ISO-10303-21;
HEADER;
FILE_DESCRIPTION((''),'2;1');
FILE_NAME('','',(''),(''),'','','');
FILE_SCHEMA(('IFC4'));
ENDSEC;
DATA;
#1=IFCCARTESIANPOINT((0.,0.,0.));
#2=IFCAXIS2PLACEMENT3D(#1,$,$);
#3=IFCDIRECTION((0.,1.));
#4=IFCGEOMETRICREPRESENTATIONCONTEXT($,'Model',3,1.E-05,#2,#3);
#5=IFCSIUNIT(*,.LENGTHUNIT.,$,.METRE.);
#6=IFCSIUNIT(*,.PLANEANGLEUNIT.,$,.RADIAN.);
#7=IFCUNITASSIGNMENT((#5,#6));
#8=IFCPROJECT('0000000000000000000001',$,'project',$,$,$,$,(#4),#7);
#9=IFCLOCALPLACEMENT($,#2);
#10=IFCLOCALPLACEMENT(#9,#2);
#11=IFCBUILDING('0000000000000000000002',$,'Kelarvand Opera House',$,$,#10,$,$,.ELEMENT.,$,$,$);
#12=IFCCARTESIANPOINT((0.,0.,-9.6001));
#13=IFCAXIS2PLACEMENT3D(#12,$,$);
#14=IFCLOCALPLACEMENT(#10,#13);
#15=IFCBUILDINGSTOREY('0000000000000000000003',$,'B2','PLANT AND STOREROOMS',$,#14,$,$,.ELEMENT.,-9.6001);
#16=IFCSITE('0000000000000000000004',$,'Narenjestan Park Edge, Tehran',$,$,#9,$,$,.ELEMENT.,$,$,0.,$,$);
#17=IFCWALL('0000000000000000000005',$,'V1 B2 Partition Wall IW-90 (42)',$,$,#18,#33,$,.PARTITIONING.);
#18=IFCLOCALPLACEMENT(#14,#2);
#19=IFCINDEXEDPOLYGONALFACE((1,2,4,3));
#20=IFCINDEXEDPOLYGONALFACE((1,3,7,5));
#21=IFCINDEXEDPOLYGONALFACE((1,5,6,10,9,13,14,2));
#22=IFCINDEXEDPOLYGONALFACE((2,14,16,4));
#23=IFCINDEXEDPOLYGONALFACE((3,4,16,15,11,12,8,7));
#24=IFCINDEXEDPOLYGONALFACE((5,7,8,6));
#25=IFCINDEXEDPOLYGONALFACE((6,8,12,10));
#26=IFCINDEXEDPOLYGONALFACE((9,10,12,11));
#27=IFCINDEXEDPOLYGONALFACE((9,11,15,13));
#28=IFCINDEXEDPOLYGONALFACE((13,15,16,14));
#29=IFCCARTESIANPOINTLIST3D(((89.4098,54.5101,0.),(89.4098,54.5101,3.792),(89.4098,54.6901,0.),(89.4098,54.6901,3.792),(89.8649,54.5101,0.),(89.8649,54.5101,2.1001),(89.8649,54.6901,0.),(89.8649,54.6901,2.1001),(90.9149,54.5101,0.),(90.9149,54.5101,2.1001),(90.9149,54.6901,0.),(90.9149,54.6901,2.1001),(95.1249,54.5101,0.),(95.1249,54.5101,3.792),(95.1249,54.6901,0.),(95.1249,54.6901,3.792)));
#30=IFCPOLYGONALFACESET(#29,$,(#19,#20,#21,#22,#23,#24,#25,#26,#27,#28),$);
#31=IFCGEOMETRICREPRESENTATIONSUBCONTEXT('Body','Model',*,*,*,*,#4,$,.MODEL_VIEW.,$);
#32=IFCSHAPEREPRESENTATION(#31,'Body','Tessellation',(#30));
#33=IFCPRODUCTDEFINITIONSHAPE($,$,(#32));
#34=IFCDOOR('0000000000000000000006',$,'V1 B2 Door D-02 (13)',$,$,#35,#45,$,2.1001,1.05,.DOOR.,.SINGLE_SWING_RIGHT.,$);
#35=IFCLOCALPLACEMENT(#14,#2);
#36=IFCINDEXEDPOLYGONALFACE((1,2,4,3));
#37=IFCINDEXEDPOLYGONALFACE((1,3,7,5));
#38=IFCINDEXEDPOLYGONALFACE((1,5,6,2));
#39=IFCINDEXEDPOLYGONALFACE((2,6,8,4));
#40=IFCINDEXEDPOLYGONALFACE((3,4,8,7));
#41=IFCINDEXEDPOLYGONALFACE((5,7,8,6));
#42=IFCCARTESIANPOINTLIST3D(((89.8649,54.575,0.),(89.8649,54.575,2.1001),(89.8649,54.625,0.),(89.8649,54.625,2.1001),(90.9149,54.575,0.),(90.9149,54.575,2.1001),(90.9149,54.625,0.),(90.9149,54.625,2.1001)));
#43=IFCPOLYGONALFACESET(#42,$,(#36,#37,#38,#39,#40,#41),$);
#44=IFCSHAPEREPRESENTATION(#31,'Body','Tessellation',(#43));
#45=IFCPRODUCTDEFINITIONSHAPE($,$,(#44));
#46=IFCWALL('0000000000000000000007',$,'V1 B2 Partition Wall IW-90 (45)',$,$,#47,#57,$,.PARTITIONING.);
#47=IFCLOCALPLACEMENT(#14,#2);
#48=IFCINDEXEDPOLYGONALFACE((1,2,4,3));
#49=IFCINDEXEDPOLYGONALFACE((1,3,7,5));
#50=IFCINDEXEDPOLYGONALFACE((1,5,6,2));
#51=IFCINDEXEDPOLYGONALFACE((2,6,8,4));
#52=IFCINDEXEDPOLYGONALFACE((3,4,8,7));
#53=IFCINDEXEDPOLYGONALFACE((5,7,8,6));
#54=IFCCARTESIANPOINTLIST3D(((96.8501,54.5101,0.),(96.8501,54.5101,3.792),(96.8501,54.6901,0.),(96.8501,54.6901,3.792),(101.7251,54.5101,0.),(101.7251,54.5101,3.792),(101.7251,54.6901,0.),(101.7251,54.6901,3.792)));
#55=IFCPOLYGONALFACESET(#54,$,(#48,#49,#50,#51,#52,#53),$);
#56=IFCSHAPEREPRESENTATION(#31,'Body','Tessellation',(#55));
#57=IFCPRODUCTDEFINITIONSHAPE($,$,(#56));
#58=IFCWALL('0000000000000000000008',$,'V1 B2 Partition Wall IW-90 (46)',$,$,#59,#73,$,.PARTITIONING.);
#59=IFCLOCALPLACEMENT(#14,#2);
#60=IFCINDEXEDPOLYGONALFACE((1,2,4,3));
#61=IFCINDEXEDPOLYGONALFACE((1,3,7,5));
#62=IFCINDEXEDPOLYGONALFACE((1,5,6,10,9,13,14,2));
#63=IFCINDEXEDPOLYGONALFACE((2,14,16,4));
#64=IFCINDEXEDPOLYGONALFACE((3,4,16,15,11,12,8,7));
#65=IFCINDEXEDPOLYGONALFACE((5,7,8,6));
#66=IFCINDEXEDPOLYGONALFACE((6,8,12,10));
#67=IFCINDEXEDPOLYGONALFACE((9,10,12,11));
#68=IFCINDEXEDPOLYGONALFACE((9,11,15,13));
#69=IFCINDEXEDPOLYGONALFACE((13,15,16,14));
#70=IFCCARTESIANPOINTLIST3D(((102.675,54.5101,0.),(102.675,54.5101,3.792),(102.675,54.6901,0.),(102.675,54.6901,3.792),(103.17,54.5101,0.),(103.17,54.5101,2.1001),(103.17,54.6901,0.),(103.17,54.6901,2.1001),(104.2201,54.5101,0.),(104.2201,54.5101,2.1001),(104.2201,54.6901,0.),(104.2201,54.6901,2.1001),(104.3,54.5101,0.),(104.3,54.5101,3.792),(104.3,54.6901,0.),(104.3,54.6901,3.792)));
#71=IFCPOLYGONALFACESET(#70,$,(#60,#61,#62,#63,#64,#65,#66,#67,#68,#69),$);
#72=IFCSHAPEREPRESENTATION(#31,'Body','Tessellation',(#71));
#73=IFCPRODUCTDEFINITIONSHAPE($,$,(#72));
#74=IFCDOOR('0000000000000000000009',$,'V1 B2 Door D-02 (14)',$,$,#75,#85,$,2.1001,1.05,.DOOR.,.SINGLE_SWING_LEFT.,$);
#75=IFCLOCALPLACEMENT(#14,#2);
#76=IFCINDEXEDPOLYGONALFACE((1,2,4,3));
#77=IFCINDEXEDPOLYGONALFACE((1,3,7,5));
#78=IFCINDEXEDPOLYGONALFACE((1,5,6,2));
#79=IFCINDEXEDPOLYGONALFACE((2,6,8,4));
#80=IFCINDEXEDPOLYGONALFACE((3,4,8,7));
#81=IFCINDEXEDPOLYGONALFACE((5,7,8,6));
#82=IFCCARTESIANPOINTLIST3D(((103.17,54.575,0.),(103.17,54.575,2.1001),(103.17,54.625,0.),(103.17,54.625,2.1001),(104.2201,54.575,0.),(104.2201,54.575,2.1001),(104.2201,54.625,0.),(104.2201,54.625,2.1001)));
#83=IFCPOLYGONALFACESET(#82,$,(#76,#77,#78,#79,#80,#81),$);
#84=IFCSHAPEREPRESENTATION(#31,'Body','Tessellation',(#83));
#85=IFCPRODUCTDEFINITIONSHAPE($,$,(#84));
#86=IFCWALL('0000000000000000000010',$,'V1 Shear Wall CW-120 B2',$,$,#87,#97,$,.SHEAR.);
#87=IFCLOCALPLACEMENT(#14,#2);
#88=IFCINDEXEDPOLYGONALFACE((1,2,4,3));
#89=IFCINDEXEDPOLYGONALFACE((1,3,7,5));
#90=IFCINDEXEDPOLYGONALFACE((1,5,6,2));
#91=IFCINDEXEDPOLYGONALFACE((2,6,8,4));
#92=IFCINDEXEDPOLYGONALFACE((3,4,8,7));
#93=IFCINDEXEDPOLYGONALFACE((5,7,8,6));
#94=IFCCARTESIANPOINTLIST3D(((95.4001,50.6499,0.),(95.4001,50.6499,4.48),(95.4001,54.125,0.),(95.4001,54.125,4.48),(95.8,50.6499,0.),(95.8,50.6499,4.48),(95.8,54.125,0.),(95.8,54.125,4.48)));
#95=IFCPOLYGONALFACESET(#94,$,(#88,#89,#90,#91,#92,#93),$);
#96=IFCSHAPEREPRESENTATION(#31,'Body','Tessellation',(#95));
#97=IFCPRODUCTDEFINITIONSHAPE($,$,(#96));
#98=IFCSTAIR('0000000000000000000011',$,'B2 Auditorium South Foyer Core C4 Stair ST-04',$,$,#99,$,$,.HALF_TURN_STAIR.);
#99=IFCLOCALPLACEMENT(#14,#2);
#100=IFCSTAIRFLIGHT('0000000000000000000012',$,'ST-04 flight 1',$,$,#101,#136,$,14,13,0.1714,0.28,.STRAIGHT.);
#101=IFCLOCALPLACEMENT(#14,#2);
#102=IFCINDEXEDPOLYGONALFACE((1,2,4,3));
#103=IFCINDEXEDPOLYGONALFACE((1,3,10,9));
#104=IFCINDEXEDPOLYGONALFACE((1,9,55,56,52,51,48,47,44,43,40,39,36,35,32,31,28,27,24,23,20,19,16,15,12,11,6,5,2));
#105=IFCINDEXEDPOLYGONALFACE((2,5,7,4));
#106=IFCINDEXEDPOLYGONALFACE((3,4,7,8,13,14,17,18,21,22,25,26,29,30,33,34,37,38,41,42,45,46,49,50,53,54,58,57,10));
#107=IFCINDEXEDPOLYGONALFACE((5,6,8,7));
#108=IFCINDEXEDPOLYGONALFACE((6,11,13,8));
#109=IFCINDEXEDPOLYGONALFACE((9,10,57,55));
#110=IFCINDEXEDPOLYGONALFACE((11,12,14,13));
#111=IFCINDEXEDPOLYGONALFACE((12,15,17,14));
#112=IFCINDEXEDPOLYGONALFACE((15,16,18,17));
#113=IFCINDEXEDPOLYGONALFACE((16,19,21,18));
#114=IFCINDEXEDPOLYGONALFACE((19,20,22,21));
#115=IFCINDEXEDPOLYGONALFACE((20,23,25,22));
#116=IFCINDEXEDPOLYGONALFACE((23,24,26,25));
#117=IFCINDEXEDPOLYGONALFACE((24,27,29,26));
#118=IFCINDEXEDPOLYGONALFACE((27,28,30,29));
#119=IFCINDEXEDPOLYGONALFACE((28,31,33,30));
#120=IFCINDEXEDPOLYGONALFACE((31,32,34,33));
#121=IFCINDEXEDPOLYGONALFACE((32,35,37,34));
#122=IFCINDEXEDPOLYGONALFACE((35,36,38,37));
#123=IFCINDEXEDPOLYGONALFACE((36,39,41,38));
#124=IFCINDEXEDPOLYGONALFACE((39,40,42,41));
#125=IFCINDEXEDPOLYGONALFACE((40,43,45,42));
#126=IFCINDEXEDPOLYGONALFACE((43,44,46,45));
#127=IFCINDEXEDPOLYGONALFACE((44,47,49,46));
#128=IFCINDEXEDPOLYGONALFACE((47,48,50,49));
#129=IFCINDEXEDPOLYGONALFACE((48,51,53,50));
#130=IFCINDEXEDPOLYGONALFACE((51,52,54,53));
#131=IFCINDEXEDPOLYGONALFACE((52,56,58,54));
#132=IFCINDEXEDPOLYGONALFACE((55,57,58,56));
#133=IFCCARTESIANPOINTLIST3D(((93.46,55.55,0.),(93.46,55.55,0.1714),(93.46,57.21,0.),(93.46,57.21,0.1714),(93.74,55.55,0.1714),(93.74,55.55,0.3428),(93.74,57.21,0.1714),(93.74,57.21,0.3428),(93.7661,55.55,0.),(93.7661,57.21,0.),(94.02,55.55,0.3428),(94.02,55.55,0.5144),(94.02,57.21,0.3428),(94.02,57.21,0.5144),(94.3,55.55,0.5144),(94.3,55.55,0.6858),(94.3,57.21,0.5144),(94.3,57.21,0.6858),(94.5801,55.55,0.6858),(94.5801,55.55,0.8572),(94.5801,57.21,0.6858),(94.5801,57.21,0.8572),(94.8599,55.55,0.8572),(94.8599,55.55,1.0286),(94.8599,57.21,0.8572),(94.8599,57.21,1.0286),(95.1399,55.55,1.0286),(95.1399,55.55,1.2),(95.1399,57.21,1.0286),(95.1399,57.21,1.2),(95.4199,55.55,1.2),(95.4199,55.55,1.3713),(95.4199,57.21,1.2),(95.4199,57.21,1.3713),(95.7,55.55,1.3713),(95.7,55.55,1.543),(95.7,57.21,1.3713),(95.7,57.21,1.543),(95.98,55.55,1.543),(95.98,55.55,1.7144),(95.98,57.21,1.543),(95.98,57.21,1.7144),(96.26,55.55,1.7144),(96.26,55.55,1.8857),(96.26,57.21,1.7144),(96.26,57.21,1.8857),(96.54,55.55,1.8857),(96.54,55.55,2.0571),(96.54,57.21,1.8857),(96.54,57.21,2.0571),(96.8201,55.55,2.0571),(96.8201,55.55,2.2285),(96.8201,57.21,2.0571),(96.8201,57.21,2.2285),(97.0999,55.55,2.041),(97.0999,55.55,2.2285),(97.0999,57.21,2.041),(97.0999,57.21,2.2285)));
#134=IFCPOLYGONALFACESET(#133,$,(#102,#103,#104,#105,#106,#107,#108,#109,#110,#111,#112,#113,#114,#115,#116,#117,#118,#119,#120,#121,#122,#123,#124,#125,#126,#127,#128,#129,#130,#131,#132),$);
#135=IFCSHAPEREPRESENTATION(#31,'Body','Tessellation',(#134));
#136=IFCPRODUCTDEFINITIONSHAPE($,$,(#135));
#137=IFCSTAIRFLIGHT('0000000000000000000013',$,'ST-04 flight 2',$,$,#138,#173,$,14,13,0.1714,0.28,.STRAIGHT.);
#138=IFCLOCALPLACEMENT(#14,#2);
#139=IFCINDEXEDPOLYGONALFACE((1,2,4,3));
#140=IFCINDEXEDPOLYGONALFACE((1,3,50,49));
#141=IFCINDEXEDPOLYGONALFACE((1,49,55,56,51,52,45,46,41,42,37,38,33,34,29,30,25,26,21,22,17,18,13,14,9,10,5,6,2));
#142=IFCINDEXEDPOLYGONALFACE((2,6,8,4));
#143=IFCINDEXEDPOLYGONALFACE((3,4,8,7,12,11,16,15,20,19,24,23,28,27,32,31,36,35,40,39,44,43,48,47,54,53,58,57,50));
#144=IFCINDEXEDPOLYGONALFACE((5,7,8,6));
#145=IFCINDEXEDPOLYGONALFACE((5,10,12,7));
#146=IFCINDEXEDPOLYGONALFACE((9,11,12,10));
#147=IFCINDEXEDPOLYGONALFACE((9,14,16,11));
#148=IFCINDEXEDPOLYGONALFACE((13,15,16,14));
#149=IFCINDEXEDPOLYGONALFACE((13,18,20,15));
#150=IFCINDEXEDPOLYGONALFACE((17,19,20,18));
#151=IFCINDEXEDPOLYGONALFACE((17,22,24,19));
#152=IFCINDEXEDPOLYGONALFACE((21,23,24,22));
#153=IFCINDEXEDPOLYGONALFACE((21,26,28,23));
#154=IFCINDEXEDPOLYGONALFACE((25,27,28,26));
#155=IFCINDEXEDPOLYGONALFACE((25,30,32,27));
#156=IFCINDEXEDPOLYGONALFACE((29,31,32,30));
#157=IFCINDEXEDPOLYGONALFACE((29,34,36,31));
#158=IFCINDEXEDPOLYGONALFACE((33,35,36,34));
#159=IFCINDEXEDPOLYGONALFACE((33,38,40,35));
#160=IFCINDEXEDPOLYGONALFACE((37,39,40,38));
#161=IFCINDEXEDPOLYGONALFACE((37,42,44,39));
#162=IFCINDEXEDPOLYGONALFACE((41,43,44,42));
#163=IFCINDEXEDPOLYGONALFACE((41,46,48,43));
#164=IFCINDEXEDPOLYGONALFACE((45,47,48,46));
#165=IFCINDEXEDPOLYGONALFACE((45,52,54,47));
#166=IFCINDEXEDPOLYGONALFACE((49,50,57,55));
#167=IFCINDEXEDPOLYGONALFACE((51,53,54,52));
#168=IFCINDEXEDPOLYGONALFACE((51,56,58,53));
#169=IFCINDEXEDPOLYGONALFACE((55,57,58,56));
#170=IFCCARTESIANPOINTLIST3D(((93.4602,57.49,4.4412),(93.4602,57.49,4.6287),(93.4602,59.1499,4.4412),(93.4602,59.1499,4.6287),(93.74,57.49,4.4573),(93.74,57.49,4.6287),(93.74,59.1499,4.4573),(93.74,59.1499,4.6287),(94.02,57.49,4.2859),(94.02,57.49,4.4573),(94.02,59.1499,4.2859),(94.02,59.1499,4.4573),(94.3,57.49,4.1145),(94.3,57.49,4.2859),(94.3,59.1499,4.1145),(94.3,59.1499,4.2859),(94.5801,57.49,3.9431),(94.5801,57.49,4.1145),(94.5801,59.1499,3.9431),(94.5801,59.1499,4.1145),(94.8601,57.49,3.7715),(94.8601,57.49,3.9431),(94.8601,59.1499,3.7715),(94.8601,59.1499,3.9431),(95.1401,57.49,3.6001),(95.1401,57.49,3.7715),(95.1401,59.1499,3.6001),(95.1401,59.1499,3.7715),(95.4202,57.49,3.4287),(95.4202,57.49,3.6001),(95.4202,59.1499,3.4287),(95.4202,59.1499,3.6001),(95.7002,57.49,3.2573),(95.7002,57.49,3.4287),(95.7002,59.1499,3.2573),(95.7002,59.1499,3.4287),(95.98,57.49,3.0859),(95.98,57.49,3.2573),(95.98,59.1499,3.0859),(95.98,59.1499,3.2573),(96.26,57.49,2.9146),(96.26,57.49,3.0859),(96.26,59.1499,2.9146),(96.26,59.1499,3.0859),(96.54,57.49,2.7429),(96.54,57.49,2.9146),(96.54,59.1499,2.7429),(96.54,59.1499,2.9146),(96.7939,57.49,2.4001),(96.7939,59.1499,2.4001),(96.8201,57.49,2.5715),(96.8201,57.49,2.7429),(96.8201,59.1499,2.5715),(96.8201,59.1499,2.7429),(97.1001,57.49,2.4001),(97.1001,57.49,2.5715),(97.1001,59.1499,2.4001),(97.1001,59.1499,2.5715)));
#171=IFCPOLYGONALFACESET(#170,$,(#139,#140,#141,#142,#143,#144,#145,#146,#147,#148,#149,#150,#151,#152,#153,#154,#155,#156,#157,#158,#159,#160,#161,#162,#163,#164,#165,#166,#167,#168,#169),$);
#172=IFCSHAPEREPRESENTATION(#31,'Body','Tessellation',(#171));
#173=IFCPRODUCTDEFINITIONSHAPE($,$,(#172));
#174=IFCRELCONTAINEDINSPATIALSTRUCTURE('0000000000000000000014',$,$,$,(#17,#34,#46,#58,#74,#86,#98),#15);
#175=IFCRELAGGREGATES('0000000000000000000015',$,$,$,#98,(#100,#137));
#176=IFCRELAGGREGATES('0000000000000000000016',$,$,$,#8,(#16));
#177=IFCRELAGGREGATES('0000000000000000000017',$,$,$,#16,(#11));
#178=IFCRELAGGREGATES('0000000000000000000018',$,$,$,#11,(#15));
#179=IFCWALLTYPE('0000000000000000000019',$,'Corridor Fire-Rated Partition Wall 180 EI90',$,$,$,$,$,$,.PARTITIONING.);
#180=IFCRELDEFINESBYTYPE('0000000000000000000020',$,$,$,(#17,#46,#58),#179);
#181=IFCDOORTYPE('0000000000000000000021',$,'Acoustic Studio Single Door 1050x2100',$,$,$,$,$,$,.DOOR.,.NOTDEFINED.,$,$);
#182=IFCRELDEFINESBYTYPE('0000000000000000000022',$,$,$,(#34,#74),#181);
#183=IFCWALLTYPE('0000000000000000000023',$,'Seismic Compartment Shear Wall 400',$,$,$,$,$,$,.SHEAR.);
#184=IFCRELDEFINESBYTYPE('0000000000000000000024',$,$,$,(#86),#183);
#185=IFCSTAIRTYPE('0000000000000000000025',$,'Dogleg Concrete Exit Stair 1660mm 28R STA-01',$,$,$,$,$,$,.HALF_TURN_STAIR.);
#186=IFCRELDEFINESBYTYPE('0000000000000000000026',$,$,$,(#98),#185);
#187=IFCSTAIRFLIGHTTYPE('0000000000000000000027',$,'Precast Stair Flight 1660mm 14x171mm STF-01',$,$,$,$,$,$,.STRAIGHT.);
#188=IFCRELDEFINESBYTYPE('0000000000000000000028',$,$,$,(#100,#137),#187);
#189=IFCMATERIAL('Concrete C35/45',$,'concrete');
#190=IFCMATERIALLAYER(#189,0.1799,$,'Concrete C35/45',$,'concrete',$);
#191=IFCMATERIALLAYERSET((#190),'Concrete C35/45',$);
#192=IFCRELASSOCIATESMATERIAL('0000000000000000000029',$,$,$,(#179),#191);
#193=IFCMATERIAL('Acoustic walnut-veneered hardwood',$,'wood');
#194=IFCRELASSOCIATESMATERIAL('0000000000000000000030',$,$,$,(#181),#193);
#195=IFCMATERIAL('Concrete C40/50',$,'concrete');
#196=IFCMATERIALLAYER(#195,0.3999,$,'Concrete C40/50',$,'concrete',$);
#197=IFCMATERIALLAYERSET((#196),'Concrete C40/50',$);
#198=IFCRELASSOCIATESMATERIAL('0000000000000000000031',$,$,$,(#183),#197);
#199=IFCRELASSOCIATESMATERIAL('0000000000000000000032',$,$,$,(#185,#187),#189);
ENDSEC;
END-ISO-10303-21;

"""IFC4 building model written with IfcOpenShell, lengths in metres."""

from ifc_helpers import new_model, si_unit, direction, frame, frame_2d, origin, place, context, subcontext, project, spatial, polyline, rectangle, outline, extrude, material, layer, layer_set, type_object, element, fill, aggregate, save


model = new_model("IFC4")

# Units and contexts
model_context = context("Model", 3, precision=1e-05, world=origin(), true_north=direction((0.0, 1.0)))
body_context = subcontext(model_context, "Body", "Model", "MODEL_VIEW")
ifc_project = project(units=[si_unit("LENGTHUNIT", "METRE"), si_unit("PLANEANGLEUNIT", "RADIAN")], contexts=[model_context])

# Site, building, storey
site_placement = place(None, origin())
site = spatial("IfcSite", under=ifc_project, at=site_placement, Name="Narenjestan Park Edge, Tehran", CompositionType="ELEMENT", RefElevation=0.0)
building_placement = place(site_placement, origin())
building = spatial("IfcBuilding", under=site, at=building_placement, Name="Kelarvand Opera House", CompositionType="ELEMENT")
storey_placement = place(building_placement, frame((0.0, 0.0, -9.6001)))
storey = spatial("IfcBuildingStorey", under=building, at=storey_placement, Name="B2", Description="PLANT AND STOREROOMS", CompositionType="ELEMENT", Elevation=-9.6001)

# Shared definitions
ifc_material_1 = material(Name="Concrete C40/50", Category="concrete")

# Shared definitions
ifc_material_2 = material(Name="Concrete C35/45", Category="concrete")

# Wall, opening, door
ifc_layer_1 = layer(ifc_material_2, 0.1799, Name="Concrete C35/45", Category="concrete")
ifc_layer_set_1 = layer_set([ifc_layer_1], Name="Concrete C35/45")
wall_type_1 = type_object("IfcWallType", Name="Corridor Fire-Rated Partition Wall 180 EI90", PredefinedType="PARTITIONING", material=ifc_layer_set_1)
wall_1_placement = place(storey_placement, frame((89.4099, 54.6001, 0.0), z_axis=(0.0, 0.0, 1.0), x_axis=(1.0, 0.0, 0.0)))
wall_1 = element("IfcWall", 1, at=wall_1_placement, inside=storey, type_object=wall_type_1, Name="V1 B2 Partition Wall IW-90 (42)", PredefinedType="PARTITIONING", context=body_context, shape_type="SweptSolid", body=[
    extrude(rectangle(XDim=5.7151, YDim=0.1799, at=frame_2d((2.8574, 0.0))), origin(), (0.0, 0.0, 1.0), 3.792),
])
opening_1_placement = place(wall_1_placement, frame((0.4551, 0.0, 0.0)))
opening_1 = element("IfcOpeningElement", 2, at=opening_1_placement, cuts=wall_1, PredefinedType="OPENING", context=body_context, shape_type="SweptSolid", body=[
    extrude(rectangle(XDim=1.05, YDim=2.1001, at=frame_2d((0.5249, 1.05))), frame((0.0, 0.1001, 0.0), z_axis=(0.0, -1.0, 0.0), x_axis=(1.0, 0.0, 0.0)), (0.0, 0.0, 1.0), 0.2),
])
ifc_material_3 = material(Name="Acoustic walnut-veneered hardwood", Category="wood")
door_type_1 = type_object("IfcDoorType", Name="Acoustic Studio Single Door 1050x2100", OperationType="NOTDEFINED", PredefinedType="DOOR", material=ifc_material_3)
door_1_placement = place(opening_1_placement, origin())
door_1 = element("IfcDoor", 3, at=door_1_placement, inside=storey, type_object=door_type_1, Name="V1 B2 Door D-02 (13)", OperationType="SINGLE_SWING_RIGHT", OverallHeight=2.1001, OverallWidth=1.05, PredefinedType="DOOR", context=body_context, shape_type="SweptSolid", body=[
    extrude(rectangle(XDim=1.05, YDim=2.1001, at=frame_2d((0.5249, 1.05))), frame((0.0, 0.0249, 0.0), z_axis=(0.0, -1.0, 0.0), x_axis=(1.0, 0.0, 0.0)), (0.0, 0.0, 1.0), 0.05),
])
fill(opening_1, door_1)

# Wall
wall_2_placement = place(storey_placement, frame((96.8501, 54.6001, 0.0), z_axis=(0.0, 0.0, 1.0), x_axis=(1.0, 0.0, 0.0)))
element("IfcWall", 4, at=wall_2_placement, inside=storey, type_object=wall_type_1, Name="V1 B2 Partition Wall IW-90 (45)", PredefinedType="PARTITIONING", context=body_context, shape_type="SweptSolid", body=[
    extrude(rectangle(XDim=4.875, YDim=0.1799, at=frame_2d((2.4375, 0.0))), origin(), (0.0, 0.0, 1.0), 3.792),
])

# Wall, opening, door
wall_3_placement = place(storey_placement, frame((102.675, 54.6001, 0.0), z_axis=(0.0, 0.0, 1.0), x_axis=(1.0, 0.0, 0.0)))
wall_3 = element("IfcWall", 5, at=wall_3_placement, inside=storey, type_object=wall_type_1, Name="V1 B2 Partition Wall IW-90 (46)", PredefinedType="PARTITIONING", context=body_context, shape_type="SweptSolid", body=[
    extrude(rectangle(XDim=1.625, YDim=0.1799, at=frame_2d((0.8125, 0.0))), origin(), (0.0, 0.0, 1.0), 3.792),
])
opening_2_placement = place(wall_3_placement, frame((0.4951, 0.0, 0.0)))
opening_2 = element("IfcOpeningElement", 6, at=opening_2_placement, cuts=wall_3, PredefinedType="OPENING", context=body_context, shape_type="SweptSolid", body=[
    extrude(rectangle(XDim=1.05, YDim=2.1001, at=frame_2d((0.5249, 1.05))), frame((0.0, 0.1001, 0.0), z_axis=(0.0, -1.0, 0.0), x_axis=(1.0, 0.0, 0.0)), (0.0, 0.0, 1.0), 0.2),
])
door_2_placement = place(opening_2_placement, origin())
door_2 = element("IfcDoor", 7, at=door_2_placement, inside=storey, type_object=door_type_1, Name="V1 B2 Door D-02 (14)", OperationType="SINGLE_SWING_LEFT", OverallHeight=2.1001, OverallWidth=1.05, PredefinedType="DOOR", context=body_context, shape_type="SweptSolid", body=[
    extrude(rectangle(XDim=1.05, YDim=2.1001, at=frame_2d((0.5249, 1.05))), frame((0.0, 0.0249, 0.0), z_axis=(0.0, -1.0, 0.0), x_axis=(1.0, 0.0, 0.0)), (0.0, 0.0, 1.0), 0.05),
])
fill(opening_2, door_2)

# Wall
ifc_layer_2 = layer(ifc_material_1, 0.3999, Name="Concrete C40/50", Category="concrete")
ifc_layer_set_2 = layer_set([ifc_layer_2], Name="Concrete C40/50")
wall_type_2 = type_object("IfcWallType", Name="Seismic Compartment Shear Wall 400", PredefinedType="SHEAR", material=ifc_layer_set_2)
wall_4_placement = place(storey_placement, frame((95.6001, 50.6499, 0.0), z_axis=(0.0, 0.0, 1.0), x_axis=(0.0, 1.0, 0.0)))
element("IfcWall", 8, at=wall_4_placement, inside=storey, type_object=wall_type_2, Name="V1 Shear Wall CW-120 B2", PredefinedType="SHEAR", context=body_context, shape_type="SweptSolid", body=[
    extrude(rectangle(XDim=3.4751, YDim=0.3999, at=frame_2d((1.7375, 0.0))), origin(), (0.0, 0.0, 1.0), 4.48),
])

# Stair, stair flights
stair_type = type_object("IfcStairType", Name="Dogleg Concrete Exit Stair 1660mm 28R STA-01", PredefinedType="HALF_TURN_STAIR", material=ifc_material_2)
stair_placement = place(storey_placement, origin())
stair = element("IfcStair", 9, at=stair_placement, inside=storey, type_object=stair_type, Name="B2 Auditorium South Foyer Core C4 Stair ST-04", PredefinedType="HALF_TURN_STAIR")
stair_flight_type = type_object("IfcStairFlightType", Name="Precast Stair Flight 1660mm 14x171mm STF-01", PredefinedType="STRAIGHT", material=ifc_material_2)
stair_flight_1_placement = place(storey_placement, frame((93.46, 56.3799, 0.0), z_axis=(0.0, 0.0, 1.0), x_axis=(1.0, 0.0, 0.0)))
stair_flight_1 = element("IfcStairFlight", 10, at=stair_flight_1_placement, type_object=stair_flight_type, Name="ST-04 flight 1", NumberOfRisers=14, NumberOfTreads=13, PredefinedType="STRAIGHT", RiserHeight=0.1714, TreadLength=0.28, context=body_context, shape_type="SweptSolid", body=[
    extrude(outline(polyline([(0.0, 0.0), (0.0, 0.1714), (0.28, 0.1714), (0.28, 0.3428), (0.5601, 0.3428), (0.5601, 0.5144), (0.8401, 0.5144), (0.8401, 0.6858), (1.1201, 0.6858), (1.1201, 0.8572), (1.3999, 0.8572), (1.3999, 1.0286), (1.6799, 1.0286), (1.6799, 1.2), (1.96, 1.2), (1.96, 1.3713), (2.24, 1.3713), (2.24, 1.543), (2.52, 1.543), (2.52, 1.7144), (2.8, 1.7144), (2.8, 1.8857), (3.0801, 1.8857), (3.0801, 2.0571), (3.3601, 2.0571), (3.3601, 2.2285), (3.6399, 2.2285), (3.6399, 2.3999), (3.6399, 2.041), (0.3062, 0.0), (0.0, 0.0)])), frame((0.0, 0.8301, 0.0), z_axis=(0.0, -1.0, 0.0), x_axis=(1.0, 0.0, 0.0)), (0.0, 0.0, 1.0), 1.6599),
])
stair_flight_2_placement = place(storey_placement, frame((97.1001, 58.3201, 2.4001), z_axis=(0.0, 0.0, 1.0), x_axis=(-1.0, 0.0, 0.0)))
stair_flight_2 = element("IfcStairFlight", 11, at=stair_flight_2_placement, type_object=stair_flight_type, Name="ST-04 flight 2", NumberOfRisers=14, NumberOfTreads=13, PredefinedType="STRAIGHT", RiserHeight=0.1714, TreadLength=0.28, context=body_context, shape_type="SweptSolid", body=[
    extrude(outline(polyline([(0.0, 0.0), (0.0, 0.1714), (0.28, 0.1714), (0.28, 0.3428), (0.5601, 0.3428), (0.5601, 0.5144), (0.8401, 0.5144), (0.8401, 0.6858), (1.1201, 0.6858), (1.1201, 0.8572), (1.3999, 0.8572), (1.3999, 1.0286), (1.6799, 1.0286), (1.6799, 1.2), (1.96, 1.2), (1.96, 1.3713), (2.24, 1.3713), (2.24, 1.543), (2.52, 1.543), (2.52, 1.7144), (2.8, 1.7144), (2.8, 1.8857), (3.0801, 1.8857), (3.0801, 2.0571), (3.3601, 2.0571), (3.3601, 2.2285), (3.6399, 2.2285), (3.6399, 2.3999), (3.6399, 2.041), (0.3062, 0.0), (0.0, 0.0)])), frame((0.0, 0.8301, 0.0), z_axis=(0.0, -1.0, 0.0), x_axis=(1.0, 0.0, 0.0)), (0.0, 0.0, 1.0), 1.6599),
])
aggregate(stair, [stair_flight_1, stair_flight_2])

save(model, "model.ifc")
